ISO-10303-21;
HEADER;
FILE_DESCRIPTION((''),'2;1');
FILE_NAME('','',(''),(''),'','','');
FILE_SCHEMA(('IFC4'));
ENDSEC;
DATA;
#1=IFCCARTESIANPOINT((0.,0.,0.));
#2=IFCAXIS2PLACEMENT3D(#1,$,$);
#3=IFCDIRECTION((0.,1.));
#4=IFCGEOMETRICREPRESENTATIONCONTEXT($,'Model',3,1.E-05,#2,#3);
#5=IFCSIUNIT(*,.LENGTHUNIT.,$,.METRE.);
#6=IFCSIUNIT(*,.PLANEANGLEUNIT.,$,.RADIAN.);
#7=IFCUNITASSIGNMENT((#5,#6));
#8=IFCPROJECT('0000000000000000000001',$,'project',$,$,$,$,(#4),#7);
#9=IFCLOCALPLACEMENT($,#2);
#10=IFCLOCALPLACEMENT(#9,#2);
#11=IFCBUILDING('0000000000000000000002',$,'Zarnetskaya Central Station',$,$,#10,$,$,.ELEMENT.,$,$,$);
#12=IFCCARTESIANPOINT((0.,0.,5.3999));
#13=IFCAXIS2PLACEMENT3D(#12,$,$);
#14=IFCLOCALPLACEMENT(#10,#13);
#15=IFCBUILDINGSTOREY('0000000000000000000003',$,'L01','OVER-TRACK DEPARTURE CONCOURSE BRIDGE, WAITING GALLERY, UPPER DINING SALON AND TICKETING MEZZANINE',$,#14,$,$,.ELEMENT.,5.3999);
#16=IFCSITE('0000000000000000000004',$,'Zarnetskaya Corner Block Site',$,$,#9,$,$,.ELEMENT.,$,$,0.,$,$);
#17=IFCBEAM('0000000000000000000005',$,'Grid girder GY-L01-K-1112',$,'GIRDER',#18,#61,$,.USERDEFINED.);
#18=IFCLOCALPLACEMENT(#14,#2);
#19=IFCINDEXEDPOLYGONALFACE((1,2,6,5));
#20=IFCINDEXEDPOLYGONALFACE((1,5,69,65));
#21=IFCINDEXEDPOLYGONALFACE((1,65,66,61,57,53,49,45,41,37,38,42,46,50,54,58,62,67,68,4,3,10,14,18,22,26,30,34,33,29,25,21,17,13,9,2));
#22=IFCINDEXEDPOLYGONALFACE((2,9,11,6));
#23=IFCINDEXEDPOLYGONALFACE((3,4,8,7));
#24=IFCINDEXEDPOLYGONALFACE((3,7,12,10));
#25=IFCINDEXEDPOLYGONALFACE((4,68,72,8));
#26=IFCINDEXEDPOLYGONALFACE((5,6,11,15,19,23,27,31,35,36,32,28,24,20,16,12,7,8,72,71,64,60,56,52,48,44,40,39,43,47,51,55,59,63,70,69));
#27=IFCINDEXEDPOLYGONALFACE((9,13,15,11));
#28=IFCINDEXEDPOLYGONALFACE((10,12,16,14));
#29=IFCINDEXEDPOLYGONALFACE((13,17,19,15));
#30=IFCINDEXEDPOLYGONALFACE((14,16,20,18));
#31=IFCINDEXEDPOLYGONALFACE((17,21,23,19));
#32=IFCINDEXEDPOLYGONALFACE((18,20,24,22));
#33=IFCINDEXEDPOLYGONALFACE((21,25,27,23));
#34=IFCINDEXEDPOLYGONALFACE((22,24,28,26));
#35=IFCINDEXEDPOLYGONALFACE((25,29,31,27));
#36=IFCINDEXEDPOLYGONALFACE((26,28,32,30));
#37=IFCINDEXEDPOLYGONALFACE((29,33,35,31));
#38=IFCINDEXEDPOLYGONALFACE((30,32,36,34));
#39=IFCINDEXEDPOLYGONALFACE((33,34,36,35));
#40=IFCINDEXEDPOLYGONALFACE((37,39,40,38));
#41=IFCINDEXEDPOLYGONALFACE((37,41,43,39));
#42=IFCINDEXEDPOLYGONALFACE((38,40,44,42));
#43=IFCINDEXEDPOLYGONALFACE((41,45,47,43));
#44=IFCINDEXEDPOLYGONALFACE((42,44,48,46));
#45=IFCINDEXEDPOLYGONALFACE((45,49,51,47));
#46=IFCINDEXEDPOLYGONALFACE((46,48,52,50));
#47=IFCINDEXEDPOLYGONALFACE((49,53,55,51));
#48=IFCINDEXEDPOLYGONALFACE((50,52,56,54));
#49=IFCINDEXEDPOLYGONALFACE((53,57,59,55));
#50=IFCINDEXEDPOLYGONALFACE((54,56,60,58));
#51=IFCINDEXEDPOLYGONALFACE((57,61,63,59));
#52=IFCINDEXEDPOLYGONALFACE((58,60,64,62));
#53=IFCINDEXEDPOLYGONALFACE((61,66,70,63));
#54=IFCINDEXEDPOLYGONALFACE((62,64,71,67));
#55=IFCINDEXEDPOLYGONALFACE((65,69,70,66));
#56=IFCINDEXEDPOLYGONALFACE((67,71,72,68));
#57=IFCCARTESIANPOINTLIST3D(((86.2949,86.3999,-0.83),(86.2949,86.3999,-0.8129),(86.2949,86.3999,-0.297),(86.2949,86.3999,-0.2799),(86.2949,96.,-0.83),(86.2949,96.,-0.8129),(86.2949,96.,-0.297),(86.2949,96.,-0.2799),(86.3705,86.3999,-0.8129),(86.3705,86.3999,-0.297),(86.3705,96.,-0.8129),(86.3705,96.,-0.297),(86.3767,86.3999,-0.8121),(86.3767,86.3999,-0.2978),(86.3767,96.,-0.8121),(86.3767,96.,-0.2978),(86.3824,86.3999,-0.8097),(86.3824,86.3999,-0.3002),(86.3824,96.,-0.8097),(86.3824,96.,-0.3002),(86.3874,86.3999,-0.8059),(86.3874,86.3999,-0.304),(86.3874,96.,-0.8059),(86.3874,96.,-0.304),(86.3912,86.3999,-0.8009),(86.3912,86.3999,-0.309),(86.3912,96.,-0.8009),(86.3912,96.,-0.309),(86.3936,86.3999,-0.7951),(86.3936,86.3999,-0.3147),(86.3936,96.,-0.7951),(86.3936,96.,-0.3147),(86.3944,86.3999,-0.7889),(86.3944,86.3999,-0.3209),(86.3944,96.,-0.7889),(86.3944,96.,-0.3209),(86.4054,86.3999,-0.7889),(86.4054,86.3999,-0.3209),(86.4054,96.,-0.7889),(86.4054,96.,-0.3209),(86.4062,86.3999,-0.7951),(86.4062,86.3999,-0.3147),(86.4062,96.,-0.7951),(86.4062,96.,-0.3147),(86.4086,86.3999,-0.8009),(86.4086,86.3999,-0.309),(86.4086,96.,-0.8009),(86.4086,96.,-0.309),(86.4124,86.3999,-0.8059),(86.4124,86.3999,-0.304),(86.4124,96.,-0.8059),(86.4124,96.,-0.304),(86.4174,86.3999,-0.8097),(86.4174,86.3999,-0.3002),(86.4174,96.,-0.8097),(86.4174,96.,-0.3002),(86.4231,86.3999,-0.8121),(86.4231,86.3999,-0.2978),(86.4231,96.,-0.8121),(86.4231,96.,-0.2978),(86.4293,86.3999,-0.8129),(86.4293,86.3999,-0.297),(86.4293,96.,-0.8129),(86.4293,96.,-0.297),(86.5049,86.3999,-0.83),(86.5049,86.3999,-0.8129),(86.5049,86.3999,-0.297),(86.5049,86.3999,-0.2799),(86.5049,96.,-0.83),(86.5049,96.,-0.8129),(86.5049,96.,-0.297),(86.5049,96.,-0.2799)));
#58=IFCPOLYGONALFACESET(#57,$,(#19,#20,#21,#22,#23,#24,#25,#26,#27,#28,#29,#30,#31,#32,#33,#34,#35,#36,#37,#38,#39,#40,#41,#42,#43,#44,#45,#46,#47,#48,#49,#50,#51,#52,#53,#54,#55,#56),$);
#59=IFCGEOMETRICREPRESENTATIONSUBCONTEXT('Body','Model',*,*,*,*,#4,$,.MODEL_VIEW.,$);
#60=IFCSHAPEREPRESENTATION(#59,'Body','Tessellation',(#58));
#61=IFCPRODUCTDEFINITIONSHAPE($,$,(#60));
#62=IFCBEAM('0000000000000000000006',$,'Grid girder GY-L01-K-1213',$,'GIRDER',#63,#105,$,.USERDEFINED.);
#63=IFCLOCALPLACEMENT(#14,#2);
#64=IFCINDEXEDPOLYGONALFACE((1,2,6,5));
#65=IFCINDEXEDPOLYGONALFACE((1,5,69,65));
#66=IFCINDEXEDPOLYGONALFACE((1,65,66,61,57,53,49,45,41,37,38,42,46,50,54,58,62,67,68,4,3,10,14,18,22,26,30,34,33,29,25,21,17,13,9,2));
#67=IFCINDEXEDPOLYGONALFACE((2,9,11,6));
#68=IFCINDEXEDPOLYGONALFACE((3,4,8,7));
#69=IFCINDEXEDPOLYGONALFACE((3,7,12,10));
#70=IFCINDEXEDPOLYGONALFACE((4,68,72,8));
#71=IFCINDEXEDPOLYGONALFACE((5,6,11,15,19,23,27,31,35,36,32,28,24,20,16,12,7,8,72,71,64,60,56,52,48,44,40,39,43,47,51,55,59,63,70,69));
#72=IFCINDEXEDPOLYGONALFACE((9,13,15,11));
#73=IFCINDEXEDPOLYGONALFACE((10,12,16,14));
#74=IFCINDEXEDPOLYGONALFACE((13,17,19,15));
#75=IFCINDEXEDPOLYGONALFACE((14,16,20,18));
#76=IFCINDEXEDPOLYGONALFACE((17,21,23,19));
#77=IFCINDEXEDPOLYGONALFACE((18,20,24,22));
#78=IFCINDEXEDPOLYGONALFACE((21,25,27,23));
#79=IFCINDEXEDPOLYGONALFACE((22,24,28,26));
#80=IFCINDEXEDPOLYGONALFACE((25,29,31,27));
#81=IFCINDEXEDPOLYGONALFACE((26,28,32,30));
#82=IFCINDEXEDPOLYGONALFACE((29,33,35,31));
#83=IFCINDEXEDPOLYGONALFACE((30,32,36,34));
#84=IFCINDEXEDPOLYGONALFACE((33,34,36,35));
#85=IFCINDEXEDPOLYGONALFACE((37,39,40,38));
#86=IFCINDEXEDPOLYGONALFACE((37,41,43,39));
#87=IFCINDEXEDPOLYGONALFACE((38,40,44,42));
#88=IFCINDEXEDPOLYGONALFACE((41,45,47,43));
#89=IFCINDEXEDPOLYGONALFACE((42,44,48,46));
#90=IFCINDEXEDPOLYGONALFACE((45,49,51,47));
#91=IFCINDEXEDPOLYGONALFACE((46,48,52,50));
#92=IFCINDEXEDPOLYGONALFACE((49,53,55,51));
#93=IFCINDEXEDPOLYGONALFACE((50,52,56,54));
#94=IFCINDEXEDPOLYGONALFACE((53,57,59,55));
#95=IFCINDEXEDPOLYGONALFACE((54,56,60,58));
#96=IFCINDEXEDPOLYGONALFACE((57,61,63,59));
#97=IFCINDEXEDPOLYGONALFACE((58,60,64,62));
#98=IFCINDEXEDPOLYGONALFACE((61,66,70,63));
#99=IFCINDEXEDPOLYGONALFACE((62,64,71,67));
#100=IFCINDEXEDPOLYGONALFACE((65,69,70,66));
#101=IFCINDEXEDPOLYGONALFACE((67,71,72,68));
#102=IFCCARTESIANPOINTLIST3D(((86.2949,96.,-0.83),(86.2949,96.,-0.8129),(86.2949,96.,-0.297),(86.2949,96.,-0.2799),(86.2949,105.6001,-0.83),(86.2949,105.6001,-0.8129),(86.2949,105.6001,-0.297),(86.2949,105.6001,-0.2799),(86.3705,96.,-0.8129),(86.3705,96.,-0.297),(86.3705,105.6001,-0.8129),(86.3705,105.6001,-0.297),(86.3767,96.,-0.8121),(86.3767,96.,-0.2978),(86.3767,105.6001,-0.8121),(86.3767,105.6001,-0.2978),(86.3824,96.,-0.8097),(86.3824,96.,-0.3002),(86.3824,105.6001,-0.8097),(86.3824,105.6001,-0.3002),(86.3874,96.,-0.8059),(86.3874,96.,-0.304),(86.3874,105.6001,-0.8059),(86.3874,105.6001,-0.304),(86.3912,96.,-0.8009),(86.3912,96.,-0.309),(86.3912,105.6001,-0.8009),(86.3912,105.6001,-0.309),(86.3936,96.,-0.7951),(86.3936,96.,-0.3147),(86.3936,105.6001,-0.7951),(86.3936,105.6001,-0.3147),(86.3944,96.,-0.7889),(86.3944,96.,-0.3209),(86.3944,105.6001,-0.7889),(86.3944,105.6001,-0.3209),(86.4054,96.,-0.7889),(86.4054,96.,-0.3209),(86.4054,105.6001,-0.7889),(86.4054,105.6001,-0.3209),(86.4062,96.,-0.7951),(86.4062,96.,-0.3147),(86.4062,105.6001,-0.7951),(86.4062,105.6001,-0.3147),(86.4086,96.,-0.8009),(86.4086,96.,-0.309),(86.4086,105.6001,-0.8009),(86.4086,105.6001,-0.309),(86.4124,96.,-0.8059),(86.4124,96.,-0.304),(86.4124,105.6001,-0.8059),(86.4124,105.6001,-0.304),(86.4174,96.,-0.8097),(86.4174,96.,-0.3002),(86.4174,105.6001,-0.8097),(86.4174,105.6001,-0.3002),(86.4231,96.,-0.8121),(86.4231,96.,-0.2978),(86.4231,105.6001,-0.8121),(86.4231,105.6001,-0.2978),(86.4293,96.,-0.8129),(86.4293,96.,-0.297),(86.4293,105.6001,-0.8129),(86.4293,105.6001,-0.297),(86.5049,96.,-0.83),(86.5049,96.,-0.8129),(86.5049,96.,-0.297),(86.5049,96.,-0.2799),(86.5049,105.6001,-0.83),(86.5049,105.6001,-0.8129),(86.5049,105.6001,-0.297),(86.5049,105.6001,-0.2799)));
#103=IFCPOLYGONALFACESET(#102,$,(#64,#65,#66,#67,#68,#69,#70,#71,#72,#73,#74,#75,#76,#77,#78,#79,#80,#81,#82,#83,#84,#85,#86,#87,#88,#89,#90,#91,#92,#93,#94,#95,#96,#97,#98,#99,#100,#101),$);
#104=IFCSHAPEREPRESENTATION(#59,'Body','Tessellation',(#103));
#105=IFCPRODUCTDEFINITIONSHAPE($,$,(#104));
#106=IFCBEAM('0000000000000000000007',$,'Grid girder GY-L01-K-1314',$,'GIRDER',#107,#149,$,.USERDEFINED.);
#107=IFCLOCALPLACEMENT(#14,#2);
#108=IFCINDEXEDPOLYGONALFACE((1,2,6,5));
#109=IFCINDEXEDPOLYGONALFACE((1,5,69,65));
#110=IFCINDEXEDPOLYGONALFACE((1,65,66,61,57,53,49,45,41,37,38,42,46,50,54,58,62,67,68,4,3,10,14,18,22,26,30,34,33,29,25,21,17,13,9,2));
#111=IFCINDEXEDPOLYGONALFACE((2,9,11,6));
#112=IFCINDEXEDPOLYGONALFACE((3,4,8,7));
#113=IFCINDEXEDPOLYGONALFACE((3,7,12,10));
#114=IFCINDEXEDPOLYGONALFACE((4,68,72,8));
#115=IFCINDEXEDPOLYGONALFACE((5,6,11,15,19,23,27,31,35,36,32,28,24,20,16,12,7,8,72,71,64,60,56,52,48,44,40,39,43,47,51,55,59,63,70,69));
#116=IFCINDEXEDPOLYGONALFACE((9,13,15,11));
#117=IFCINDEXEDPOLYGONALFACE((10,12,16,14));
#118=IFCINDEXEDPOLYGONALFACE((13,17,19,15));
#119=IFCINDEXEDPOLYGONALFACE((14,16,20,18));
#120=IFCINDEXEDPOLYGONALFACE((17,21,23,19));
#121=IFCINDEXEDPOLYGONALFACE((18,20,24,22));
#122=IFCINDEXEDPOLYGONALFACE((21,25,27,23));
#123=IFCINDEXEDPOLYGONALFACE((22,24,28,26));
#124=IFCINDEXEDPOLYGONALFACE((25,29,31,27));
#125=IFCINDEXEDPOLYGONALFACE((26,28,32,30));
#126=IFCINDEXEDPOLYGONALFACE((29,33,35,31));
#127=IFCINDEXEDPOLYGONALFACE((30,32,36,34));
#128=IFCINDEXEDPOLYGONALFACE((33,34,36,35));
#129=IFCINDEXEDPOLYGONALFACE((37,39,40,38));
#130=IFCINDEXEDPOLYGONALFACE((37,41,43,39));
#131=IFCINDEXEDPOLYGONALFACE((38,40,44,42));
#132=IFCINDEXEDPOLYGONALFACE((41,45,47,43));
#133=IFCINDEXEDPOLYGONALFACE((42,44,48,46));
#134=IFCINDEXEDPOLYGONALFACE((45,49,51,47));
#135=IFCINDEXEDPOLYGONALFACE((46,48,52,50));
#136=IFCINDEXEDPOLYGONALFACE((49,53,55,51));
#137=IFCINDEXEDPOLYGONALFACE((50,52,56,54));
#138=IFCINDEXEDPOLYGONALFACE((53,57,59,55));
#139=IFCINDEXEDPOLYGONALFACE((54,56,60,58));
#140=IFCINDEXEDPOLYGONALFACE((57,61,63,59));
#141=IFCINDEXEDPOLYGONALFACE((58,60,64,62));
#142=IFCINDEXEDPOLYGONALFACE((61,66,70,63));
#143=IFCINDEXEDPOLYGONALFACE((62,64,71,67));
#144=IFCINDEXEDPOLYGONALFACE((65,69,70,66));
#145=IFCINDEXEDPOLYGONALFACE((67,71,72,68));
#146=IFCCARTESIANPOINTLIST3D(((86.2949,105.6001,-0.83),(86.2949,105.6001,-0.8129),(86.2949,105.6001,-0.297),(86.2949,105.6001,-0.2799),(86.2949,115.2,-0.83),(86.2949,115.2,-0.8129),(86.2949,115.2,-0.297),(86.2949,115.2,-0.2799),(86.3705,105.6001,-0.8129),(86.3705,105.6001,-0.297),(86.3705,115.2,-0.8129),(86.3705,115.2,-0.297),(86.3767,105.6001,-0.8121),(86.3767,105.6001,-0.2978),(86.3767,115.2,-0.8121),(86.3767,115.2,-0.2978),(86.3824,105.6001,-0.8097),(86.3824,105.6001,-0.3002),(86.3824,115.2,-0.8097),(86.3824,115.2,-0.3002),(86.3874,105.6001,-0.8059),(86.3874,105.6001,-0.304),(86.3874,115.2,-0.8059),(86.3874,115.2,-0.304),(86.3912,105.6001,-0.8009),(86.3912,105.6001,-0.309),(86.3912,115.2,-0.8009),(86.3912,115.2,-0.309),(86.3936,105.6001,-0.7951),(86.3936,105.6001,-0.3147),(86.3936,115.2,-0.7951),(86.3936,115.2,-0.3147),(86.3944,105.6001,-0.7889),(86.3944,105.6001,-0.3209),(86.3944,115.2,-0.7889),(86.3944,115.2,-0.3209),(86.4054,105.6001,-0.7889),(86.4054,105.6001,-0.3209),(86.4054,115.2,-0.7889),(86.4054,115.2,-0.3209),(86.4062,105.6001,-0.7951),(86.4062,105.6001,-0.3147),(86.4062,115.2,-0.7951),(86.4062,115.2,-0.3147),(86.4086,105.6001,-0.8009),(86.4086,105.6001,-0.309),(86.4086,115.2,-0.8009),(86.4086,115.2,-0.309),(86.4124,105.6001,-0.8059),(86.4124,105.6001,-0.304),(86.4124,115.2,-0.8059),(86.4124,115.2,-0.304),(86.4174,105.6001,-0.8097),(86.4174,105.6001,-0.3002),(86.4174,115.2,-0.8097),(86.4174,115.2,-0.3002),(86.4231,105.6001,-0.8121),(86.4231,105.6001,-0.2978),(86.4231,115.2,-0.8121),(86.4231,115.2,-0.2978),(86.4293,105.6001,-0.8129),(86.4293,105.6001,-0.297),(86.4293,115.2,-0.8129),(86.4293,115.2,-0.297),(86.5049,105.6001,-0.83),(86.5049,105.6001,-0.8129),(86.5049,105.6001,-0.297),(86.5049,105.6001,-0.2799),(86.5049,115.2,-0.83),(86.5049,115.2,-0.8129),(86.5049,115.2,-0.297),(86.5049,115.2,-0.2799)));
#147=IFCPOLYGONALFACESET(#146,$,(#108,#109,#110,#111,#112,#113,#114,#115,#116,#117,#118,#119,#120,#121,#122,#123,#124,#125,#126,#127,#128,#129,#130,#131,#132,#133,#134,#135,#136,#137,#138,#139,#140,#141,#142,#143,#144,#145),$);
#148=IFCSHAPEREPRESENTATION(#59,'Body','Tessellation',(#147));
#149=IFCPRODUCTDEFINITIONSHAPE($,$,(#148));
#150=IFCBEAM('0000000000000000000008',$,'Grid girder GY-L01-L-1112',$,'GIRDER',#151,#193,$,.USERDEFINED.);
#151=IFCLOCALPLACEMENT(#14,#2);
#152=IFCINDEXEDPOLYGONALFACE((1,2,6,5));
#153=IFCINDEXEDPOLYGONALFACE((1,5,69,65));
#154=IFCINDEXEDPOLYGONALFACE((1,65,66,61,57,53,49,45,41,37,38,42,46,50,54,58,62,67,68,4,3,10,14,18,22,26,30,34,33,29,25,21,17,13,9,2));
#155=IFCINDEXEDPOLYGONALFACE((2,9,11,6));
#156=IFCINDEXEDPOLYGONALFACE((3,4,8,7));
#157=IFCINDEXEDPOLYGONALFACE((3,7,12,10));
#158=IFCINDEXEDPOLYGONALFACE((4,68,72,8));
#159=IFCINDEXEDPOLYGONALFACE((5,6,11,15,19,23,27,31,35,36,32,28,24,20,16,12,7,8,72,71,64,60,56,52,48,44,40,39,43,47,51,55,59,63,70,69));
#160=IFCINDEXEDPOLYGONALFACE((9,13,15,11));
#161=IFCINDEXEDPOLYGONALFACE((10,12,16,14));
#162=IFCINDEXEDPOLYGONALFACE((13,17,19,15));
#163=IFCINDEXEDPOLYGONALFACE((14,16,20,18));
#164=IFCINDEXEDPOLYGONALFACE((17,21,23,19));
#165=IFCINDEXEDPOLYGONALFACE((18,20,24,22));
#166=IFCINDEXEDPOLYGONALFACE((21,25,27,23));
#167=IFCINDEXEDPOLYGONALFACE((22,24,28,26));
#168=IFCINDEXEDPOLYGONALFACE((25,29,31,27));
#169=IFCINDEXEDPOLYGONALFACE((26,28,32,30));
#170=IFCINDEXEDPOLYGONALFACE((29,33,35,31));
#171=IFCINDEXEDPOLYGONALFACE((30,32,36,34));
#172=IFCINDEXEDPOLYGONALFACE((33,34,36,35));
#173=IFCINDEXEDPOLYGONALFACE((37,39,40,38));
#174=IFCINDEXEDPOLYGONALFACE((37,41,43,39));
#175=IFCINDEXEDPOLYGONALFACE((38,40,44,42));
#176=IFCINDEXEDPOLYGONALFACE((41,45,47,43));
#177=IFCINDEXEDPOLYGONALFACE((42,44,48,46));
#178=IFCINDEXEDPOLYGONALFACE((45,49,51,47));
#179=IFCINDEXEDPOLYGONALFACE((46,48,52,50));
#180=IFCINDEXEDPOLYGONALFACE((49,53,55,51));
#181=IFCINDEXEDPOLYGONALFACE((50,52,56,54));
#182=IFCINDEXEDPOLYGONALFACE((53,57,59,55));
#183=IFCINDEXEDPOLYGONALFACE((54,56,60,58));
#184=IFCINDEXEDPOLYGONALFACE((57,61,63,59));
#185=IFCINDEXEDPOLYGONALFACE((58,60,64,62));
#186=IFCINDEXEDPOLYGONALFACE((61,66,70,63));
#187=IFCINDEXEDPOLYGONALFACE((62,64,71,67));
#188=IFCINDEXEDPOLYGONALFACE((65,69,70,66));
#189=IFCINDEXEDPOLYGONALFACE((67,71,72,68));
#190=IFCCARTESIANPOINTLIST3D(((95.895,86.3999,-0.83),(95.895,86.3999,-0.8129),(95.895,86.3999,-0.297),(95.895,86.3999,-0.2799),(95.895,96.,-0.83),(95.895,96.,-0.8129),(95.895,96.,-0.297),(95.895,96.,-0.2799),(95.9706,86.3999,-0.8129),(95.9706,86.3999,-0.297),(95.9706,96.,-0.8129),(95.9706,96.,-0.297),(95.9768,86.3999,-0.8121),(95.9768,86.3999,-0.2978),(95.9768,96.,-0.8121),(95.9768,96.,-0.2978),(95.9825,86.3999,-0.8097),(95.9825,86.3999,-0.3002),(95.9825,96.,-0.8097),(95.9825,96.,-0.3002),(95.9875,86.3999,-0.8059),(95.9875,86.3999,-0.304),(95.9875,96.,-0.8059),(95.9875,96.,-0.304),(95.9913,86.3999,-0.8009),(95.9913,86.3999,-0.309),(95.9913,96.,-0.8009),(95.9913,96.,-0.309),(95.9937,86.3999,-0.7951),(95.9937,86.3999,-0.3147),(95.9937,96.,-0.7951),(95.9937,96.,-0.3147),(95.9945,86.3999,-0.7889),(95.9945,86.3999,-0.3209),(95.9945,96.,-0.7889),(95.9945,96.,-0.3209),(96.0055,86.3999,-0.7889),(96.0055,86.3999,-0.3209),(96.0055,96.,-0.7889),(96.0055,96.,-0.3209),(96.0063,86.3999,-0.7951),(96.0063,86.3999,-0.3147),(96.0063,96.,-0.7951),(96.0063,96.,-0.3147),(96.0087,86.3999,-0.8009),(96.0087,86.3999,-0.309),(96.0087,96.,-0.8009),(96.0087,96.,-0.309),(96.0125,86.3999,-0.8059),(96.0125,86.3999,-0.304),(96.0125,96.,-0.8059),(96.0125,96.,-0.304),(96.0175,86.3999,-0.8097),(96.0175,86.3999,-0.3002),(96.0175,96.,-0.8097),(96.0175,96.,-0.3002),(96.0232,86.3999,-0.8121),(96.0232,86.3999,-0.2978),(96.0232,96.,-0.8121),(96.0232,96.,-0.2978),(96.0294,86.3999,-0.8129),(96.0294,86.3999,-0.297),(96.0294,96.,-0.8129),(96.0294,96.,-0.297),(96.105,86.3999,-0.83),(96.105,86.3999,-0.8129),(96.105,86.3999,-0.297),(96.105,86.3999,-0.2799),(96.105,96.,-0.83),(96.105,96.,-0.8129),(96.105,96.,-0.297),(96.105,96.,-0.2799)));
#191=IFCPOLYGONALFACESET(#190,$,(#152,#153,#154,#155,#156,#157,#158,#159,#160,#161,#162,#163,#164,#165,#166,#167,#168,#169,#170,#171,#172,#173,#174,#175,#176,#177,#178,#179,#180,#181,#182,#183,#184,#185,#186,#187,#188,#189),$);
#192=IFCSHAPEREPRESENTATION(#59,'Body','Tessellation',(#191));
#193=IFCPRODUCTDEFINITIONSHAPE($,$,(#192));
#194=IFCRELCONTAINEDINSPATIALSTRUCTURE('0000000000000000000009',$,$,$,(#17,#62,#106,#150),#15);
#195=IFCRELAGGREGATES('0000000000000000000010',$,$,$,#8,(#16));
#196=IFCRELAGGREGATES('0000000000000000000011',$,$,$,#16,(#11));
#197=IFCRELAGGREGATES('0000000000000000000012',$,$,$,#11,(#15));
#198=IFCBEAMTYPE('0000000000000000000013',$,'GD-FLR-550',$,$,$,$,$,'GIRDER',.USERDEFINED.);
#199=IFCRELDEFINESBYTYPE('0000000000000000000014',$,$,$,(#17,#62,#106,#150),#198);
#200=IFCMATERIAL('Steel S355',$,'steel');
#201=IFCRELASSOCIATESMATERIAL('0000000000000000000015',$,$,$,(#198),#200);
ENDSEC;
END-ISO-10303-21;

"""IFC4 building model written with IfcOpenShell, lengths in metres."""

from ifc_helpers import new_model, si_unit, direction, frame, origin, origin_2d, place, context, subcontext, project, spatial, i_section, extrude, material, material_profile, profile_set, type_object, element, save


model = new_model("IFC4")

# Units and contexts
model_context = context("Model", 3, precision=1e-05, world=origin(), true_north=direction((0.0, 1.0)))
body_context = subcontext(model_context, "Body", "Model", "MODEL_VIEW")
ifc_project = project(units=[si_unit("LENGTHUNIT", "METRE"), si_unit("PLANEANGLEUNIT", "RADIAN")], contexts=[model_context])

# Site, building, storey
site_placement = place(None, origin())
site = spatial("IfcSite", under=ifc_project, at=site_placement, Name="Zarnetskaya Corner Block Site", CompositionType="ELEMENT", RefElevation=0.0)
building_placement = place(site_placement, origin())
building = spatial("IfcBuilding", under=site, at=building_placement, Name="Zarnetskaya Central Station", CompositionType="ELEMENT")
storey_placement = place(building_placement, frame((0.0, 0.0, 5.3999)))
storey = spatial("IfcBuildingStorey", under=building, at=storey_placement, Name="L01", Description="OVER-TRACK DEPARTURE CONCOURSE BRIDGE, WAITING GALLERY, UPPER DINING SALON AND TICKETING MEZZANINE", CompositionType="ELEMENT", Elevation=5.3999)

# Shared definitions
ifc_material_1 = material(Name="Steel S355", Category="steel")

# Beams
ifc_material_profile_1 = material_profile(ifc_material_1, i_section(OverallWidth=0.21, OverallDepth=0.55, WebThickness=0.011, FlangeThickness=0.0171, FilletRadius=0.0239, at=origin_2d()), Name="IPE 550")
ifc_profile_set_1 = profile_set([ifc_material_profile_1], Name="Steel S355")
beam_type_1 = type_object("IfcBeamType", Name="GD-FLR-550", ElementType="GIRDER", PredefinedType="USERDEFINED", material=ifc_profile_set_1)
for number, where, z_axis, x_axis, name in (
    (1, (86.3999, 86.3999, -0.5549), (0.0, 1.0, 0.0), (-1.0, 0.0, 0.0), "Grid girder GY-L01-K-1112"),
    (2, (86.3999, 96.0, -0.5549), (0.0, 1.0, 0.0), (-1.0, 0.0, 0.0), "Grid girder GY-L01-K-1213"),
):
    element("IfcBeam", number, at=place(storey_placement, frame(where, z_axis=z_axis, x_axis=x_axis)), inside=storey, type_object=beam_type_1, Name=name, ObjectType="GIRDER", PredefinedType="USERDEFINED", context=body_context, shape_type="SweptSolid", body=[
        extrude(i_section(OverallWidth=0.21, OverallDepth=0.55, WebThickness=0.011, FlangeThickness=0.0171, FilletRadius=0.0239, at=origin_2d()), origin(), (0.0, 0.0, 1.0), 9.6001),
    ])
beam_1_placement = place(storey_placement, frame((86.3999, 105.6001, -0.5549), z_axis=(0.0, 1.0, 0.0), x_axis=(-1.0, 0.0, 0.0)))
element("IfcBeam", 3, at=beam_1_placement, inside=storey, type_object=beam_type_1, Name="Grid girder GY-L01-K-1314", ObjectType="GIRDER", PredefinedType="USERDEFINED", context=body_context, shape_type="SweptSolid", body=[
    extrude(i_section(OverallWidth=0.21, OverallDepth=0.55, WebThickness=0.011, FlangeThickness=0.0171, FilletRadius=0.0239, at=origin_2d()), origin(), (0.0, 0.0, 1.0), 9.5999),
])
for number, where, z_axis, x_axis, name in (
    (4, (96.0, 86.3999, -0.5549), (0.0, 1.0, 0.0), (-1.0, 0.0, 0.0), "Grid girder GY-L01-L-1112"),
):
    element("IfcBeam", number, at=place(storey_placement, frame(where, z_axis=z_axis, x_axis=x_axis)), inside=storey, type_object=beam_type_1, Name=name, ObjectType="GIRDER", PredefinedType="USERDEFINED", context=body_context, shape_type="SweptSolid", body=[
        extrude(i_section(OverallWidth=0.21, OverallDepth=0.55, WebThickness=0.011, FlangeThickness=0.0171, FilletRadius=0.0239, at=origin_2d()), origin(), (0.0, 0.0, 1.0), 9.6001),
    ])

save(model, "model.ifc")
